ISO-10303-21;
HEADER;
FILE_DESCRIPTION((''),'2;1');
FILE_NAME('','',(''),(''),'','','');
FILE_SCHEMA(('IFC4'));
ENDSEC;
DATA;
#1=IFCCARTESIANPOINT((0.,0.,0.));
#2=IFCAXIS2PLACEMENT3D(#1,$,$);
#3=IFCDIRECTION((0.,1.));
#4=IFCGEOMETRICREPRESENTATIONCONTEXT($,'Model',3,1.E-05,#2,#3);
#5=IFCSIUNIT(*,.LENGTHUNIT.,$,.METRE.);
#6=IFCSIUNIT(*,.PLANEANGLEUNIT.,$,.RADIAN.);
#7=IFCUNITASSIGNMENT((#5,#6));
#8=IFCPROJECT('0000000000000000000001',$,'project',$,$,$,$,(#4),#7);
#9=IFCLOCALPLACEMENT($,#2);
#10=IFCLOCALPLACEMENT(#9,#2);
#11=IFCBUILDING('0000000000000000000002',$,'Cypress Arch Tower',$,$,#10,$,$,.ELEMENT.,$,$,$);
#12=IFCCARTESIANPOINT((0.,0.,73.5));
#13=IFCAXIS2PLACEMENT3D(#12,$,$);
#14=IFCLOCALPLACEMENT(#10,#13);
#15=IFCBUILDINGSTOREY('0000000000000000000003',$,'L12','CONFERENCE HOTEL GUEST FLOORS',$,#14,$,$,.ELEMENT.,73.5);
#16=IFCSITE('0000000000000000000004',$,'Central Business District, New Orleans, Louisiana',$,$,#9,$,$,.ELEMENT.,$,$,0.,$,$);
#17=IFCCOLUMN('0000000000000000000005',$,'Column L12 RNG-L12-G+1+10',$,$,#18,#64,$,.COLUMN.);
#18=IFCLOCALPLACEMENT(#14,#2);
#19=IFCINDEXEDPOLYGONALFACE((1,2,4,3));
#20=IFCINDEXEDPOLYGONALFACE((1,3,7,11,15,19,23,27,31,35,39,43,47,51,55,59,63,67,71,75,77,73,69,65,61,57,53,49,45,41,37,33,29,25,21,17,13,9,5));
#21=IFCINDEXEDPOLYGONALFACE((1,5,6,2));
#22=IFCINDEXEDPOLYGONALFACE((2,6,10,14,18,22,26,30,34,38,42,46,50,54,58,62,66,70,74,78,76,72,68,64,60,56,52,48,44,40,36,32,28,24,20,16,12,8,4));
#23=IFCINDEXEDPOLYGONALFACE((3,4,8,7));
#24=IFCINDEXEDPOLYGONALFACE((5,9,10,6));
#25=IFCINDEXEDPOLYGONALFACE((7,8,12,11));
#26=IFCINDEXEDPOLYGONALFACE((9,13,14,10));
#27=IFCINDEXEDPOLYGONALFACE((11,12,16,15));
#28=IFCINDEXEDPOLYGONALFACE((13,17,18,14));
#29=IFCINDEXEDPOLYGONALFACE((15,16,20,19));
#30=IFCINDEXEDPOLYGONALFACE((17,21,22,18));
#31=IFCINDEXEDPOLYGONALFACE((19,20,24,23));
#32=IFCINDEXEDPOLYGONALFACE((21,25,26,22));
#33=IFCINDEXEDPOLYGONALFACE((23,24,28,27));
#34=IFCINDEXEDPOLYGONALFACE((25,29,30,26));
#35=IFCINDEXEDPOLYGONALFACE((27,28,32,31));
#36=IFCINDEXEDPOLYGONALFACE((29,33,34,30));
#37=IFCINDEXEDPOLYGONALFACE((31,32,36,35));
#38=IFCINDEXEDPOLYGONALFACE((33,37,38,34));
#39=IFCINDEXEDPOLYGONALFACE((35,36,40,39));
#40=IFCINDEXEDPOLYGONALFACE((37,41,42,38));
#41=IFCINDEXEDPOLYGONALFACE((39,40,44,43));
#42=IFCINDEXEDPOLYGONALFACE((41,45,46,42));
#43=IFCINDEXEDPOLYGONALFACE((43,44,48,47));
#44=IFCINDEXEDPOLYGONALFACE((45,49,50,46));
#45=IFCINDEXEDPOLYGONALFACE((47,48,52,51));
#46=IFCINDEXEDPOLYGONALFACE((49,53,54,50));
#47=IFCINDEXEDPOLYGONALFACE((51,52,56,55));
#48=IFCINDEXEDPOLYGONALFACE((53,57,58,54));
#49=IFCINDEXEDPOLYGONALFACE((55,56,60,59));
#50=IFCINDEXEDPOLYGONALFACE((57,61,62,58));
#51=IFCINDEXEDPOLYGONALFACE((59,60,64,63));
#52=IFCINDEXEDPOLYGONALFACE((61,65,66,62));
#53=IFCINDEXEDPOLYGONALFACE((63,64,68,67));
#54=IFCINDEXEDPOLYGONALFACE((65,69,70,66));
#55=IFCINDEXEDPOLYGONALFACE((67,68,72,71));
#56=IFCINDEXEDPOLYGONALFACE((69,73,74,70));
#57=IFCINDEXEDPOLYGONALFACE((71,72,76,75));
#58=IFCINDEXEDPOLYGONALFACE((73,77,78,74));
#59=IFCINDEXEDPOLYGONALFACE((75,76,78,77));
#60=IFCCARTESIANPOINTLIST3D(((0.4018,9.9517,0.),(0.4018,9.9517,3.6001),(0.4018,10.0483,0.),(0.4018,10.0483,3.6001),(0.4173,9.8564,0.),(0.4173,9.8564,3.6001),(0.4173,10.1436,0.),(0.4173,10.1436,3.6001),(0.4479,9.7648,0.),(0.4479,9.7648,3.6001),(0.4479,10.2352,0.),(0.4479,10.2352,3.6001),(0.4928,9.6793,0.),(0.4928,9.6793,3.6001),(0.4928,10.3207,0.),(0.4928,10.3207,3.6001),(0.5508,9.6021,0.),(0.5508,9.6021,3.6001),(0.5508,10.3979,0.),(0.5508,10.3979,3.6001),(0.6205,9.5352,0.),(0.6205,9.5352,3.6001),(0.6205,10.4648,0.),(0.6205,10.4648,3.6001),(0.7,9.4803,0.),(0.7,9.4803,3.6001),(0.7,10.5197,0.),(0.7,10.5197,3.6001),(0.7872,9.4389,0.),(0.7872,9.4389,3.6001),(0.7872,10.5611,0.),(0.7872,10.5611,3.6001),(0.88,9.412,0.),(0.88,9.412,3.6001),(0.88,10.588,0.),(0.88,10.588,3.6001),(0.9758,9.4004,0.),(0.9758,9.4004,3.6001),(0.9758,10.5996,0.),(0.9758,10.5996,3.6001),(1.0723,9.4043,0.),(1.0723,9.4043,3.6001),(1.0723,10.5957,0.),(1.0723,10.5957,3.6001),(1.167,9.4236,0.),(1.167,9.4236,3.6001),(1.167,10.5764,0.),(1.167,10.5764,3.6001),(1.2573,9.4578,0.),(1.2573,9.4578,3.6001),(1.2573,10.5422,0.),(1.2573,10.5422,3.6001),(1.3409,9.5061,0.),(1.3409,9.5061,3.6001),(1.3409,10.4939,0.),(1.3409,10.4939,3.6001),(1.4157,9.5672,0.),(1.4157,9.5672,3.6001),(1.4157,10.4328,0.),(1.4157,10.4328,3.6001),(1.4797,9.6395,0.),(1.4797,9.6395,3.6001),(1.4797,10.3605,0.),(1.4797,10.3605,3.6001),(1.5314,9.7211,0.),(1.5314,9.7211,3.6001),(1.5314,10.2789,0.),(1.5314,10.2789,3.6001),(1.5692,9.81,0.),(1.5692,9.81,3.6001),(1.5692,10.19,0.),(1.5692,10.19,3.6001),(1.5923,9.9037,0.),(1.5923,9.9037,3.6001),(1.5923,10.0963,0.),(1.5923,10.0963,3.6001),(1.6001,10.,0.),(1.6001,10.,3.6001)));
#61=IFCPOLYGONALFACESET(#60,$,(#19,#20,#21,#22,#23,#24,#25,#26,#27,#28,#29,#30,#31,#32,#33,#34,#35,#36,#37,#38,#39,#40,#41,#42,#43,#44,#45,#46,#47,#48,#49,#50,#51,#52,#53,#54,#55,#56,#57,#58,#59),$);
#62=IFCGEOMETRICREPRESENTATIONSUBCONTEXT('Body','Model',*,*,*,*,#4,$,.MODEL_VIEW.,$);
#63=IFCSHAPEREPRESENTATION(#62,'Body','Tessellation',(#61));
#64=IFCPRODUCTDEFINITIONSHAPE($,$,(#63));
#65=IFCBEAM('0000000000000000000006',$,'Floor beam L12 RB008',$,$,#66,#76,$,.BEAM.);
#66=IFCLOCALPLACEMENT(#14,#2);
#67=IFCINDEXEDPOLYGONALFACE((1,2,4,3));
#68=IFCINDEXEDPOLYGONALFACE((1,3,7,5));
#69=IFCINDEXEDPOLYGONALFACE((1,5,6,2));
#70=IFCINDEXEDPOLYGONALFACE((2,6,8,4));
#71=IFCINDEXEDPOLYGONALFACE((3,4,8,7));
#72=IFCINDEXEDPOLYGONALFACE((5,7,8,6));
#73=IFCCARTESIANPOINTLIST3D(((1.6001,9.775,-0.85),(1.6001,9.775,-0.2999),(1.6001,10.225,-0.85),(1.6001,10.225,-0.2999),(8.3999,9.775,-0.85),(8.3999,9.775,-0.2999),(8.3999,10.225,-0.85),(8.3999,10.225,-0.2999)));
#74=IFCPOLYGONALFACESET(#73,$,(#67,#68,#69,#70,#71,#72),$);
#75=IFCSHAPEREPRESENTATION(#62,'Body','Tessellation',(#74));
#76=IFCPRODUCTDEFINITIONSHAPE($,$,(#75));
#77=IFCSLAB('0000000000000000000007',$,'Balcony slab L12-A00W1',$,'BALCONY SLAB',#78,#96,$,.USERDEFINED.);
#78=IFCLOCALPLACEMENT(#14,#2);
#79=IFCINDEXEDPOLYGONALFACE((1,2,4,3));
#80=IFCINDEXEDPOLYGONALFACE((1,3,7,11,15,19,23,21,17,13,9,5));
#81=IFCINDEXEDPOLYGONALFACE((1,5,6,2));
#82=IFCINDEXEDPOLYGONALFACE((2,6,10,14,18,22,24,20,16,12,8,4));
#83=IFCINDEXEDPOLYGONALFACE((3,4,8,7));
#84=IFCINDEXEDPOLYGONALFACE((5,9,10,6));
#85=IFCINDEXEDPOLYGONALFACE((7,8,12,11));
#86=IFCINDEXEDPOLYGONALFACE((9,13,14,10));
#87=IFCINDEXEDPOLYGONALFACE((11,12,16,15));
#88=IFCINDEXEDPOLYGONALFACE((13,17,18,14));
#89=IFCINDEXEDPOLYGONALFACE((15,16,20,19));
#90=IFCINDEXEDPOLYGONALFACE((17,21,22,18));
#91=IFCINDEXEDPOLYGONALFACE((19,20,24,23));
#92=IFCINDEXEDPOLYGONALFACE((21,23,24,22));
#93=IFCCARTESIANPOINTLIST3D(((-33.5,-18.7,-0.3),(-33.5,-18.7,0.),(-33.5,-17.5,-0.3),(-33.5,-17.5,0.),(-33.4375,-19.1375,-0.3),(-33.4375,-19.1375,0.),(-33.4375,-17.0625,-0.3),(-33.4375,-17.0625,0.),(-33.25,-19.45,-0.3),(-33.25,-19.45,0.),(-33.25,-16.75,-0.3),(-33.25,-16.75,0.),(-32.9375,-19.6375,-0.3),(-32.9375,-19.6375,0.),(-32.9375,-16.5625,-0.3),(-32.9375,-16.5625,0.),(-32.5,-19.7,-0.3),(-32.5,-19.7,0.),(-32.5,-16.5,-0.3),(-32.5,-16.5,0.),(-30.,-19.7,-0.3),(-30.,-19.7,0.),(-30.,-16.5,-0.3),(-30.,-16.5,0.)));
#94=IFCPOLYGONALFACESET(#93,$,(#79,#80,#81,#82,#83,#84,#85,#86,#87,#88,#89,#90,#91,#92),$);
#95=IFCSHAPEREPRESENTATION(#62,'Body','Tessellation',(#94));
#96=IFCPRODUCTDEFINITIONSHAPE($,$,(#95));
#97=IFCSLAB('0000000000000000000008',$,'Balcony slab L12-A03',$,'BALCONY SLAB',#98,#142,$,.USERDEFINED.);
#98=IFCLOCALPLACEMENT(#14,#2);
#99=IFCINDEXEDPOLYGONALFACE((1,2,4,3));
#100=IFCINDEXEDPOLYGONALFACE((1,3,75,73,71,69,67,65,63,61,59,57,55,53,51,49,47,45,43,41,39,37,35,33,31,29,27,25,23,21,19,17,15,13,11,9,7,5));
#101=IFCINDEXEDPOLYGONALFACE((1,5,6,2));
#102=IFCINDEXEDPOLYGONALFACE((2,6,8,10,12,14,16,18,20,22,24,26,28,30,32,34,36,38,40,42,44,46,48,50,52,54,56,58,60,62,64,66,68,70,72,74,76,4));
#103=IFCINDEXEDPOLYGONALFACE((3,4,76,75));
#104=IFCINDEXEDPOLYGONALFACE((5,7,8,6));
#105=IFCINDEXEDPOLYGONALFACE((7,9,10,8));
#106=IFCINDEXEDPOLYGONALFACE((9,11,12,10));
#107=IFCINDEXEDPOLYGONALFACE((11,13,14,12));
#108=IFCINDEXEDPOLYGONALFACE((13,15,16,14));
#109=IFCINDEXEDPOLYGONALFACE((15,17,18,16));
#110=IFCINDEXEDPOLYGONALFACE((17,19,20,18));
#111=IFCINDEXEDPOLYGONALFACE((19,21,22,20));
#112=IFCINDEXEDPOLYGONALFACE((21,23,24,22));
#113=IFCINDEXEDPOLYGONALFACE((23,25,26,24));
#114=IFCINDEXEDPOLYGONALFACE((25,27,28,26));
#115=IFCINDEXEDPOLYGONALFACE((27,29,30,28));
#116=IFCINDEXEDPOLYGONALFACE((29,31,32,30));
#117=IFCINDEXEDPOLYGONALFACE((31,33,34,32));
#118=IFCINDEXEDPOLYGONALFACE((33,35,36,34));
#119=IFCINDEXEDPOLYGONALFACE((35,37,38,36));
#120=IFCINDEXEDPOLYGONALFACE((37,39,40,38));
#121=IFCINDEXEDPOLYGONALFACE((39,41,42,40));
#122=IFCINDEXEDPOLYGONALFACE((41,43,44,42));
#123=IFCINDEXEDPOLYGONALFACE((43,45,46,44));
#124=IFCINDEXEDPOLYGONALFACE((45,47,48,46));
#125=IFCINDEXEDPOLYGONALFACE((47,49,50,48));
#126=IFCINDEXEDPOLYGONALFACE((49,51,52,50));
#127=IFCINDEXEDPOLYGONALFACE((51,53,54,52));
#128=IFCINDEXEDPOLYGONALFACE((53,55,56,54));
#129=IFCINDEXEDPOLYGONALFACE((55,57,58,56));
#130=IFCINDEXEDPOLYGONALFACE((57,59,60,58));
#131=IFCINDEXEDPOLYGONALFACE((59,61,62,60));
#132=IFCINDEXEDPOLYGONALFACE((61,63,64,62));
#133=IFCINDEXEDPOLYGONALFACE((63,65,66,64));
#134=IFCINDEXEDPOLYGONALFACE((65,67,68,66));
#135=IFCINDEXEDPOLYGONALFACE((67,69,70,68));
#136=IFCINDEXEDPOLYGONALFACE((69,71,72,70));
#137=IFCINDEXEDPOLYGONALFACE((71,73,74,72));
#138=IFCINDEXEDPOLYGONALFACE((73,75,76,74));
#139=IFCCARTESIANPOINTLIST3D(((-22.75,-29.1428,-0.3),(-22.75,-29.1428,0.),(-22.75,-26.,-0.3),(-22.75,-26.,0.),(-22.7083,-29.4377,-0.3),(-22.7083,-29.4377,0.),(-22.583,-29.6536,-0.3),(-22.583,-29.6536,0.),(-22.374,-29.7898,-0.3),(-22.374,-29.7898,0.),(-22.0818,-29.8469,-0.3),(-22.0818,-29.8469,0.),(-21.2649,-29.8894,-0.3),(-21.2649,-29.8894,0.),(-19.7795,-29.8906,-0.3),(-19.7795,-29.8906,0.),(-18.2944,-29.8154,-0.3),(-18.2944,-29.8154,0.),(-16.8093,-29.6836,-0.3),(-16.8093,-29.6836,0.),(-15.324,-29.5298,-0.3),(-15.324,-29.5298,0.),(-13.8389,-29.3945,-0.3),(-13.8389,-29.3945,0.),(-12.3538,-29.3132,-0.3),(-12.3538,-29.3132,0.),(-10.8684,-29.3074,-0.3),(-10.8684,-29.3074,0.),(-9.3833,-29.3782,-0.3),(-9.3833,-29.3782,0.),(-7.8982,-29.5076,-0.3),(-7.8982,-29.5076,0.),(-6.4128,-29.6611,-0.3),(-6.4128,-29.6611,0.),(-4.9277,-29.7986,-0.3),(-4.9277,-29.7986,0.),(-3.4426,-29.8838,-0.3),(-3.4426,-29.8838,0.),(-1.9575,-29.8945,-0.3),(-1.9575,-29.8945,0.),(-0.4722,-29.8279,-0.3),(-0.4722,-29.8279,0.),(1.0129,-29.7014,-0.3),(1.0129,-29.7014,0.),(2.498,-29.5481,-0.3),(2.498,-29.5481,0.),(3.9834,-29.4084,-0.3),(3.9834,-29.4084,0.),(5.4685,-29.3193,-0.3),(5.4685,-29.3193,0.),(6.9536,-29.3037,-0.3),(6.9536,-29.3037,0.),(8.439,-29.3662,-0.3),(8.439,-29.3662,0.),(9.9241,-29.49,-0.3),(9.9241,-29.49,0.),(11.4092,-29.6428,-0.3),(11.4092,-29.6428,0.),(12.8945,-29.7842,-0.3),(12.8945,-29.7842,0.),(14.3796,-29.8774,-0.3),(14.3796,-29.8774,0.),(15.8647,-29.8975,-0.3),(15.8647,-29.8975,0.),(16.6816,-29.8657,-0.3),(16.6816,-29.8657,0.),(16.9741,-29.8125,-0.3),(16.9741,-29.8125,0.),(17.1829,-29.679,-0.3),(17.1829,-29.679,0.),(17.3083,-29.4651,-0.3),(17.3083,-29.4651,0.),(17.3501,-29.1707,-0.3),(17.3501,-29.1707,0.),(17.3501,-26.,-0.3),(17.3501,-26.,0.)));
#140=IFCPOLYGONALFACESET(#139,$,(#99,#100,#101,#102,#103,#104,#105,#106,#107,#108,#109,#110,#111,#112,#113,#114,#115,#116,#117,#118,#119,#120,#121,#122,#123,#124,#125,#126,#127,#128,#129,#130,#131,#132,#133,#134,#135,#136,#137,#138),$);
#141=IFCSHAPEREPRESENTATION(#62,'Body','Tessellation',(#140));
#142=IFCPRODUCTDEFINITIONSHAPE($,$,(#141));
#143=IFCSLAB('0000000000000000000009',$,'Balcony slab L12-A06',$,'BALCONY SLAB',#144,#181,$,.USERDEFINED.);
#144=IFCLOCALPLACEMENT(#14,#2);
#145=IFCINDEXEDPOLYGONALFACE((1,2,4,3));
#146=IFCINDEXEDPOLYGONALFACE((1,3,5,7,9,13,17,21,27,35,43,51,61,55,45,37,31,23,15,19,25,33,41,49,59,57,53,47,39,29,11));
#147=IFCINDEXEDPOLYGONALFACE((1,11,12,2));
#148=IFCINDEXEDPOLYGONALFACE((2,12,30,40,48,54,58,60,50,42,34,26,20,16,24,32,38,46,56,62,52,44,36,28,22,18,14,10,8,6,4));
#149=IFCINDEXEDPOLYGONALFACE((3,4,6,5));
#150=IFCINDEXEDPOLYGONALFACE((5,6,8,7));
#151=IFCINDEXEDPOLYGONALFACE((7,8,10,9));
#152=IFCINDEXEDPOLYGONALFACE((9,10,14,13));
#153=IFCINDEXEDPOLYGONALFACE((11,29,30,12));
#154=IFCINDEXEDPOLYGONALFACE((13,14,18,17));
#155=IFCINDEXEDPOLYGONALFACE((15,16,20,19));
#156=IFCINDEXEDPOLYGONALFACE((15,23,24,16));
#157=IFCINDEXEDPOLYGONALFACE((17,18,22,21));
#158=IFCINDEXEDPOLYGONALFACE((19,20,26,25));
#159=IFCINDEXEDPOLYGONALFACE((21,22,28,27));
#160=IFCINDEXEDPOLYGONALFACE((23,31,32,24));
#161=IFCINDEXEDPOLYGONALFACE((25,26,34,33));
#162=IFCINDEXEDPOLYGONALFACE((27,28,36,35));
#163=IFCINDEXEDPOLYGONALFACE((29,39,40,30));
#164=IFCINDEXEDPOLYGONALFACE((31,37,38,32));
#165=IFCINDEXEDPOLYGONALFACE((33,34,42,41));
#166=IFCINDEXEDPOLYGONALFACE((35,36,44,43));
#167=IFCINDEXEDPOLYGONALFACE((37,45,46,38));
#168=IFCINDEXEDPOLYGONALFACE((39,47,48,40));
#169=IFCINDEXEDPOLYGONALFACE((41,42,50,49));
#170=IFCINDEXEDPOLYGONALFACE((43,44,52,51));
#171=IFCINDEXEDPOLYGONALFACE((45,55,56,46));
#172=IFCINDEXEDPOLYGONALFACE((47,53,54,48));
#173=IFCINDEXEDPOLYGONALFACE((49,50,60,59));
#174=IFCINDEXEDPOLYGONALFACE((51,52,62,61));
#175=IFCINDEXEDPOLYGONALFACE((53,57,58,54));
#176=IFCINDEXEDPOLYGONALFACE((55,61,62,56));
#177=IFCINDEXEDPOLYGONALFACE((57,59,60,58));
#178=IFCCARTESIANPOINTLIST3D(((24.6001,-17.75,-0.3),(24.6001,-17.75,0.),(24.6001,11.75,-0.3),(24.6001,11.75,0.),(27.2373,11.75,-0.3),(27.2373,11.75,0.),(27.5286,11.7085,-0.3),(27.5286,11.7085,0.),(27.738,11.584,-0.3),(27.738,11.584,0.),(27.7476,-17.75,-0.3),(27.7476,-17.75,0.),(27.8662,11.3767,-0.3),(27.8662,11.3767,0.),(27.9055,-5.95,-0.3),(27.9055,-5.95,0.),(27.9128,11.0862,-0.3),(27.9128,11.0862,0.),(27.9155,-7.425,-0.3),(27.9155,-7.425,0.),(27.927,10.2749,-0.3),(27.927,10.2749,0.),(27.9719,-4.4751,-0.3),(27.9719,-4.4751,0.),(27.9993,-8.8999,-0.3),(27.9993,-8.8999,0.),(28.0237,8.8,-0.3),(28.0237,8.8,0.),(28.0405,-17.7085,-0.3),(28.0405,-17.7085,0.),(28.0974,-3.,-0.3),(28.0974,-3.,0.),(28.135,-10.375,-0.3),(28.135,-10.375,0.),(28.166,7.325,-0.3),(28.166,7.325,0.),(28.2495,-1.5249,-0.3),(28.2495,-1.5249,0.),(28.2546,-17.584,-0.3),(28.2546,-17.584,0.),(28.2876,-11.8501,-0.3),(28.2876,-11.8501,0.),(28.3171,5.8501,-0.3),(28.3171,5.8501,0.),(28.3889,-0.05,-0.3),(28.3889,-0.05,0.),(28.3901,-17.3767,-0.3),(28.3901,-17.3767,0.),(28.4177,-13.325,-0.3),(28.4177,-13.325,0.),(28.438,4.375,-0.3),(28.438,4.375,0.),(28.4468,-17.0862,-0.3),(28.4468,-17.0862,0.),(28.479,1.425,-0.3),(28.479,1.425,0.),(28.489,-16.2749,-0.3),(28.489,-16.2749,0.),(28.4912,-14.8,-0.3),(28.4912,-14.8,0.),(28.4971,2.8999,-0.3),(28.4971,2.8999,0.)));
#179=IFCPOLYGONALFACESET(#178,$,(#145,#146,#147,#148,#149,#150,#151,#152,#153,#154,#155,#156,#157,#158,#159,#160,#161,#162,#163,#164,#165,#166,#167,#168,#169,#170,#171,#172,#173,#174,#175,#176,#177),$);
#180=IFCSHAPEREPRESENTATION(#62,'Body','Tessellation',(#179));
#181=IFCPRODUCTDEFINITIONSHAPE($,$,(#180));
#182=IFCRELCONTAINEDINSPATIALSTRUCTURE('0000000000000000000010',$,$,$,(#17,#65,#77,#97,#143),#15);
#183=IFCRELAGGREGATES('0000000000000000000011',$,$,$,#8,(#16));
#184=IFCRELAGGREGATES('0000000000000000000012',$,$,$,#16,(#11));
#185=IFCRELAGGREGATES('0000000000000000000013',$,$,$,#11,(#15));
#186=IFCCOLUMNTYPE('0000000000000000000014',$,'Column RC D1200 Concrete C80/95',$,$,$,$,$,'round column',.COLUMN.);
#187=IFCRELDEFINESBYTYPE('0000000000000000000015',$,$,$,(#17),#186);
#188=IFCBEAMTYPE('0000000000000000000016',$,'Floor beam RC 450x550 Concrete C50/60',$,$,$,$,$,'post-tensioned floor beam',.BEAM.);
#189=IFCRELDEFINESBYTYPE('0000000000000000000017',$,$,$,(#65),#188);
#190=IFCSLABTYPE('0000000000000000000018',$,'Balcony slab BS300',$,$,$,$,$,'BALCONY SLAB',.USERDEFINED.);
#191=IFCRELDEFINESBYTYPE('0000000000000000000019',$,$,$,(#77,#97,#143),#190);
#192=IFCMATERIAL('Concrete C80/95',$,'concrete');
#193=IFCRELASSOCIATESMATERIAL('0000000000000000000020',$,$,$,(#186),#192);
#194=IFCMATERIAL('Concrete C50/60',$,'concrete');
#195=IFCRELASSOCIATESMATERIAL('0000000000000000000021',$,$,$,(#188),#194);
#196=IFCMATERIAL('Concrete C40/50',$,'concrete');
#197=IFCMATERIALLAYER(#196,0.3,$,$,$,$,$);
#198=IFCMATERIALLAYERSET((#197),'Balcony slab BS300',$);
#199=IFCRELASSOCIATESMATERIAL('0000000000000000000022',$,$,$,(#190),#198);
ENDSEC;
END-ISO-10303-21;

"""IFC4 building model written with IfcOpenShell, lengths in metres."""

from ifc_helpers import new_model, si_unit, direction, frame, origin, origin_2d, place, context, subcontext, project, spatial, polyline, rectangle, circle, outline, extrude, material, layer, layer_set, material_profile, profile_set, type_object, element, save


model = new_model("IFC4")

# Units and contexts
model_context = context("Model", 3, precision=1e-05, world=origin(), true_north=direction((0.0, 1.0)))
body_context = subcontext(model_context, "Body", "Model", "MODEL_VIEW")
ifc_project = project(units=[si_unit("LENGTHUNIT", "METRE"), si_unit("PLANEANGLEUNIT", "RADIAN")], contexts=[model_context])

# Site, building, storey
site_placement = place(None, origin())
site = spatial("IfcSite", under=ifc_project, at=site_placement, Name="Central Business District, New Orleans, Louisiana", CompositionType="ELEMENT", RefElevation=0.0)
building_placement = place(site_placement, origin())
building = spatial("IfcBuilding", under=site, at=building_placement, Name="Cypress Arch Tower", CompositionType="ELEMENT")
storey_placement = place(building_placement, frame((0.0, 0.0, 73.5)))
storey = spatial("IfcBuildingStorey", under=building, at=storey_placement, Name="L12", Description="CONFERENCE HOTEL GUEST FLOORS", CompositionType="ELEMENT", Elevation=73.5)

# Column
ifc_material_1 = material(Name="Concrete C80/95", Category="concrete")
ifc_material_profile_1 = material_profile(ifc_material_1, circle(Radius=0.6001, at=origin_2d()), Name="RC D1200")
ifc_profile_set_1 = profile_set([ifc_material_profile_1], Name="Concrete C80/95")
column_type = type_object("IfcColumnType", Name="Column RC D1200 Concrete C80/95", ElementType="round column", PredefinedType="COLUMN", material=ifc_profile_set_1)
column_placement = place(storey_placement, frame((1.0, 10.0, 0.0), z_axis=(0.0, 0.0, 1.0), x_axis=(1.0, 0.0, 0.0)))
element("IfcColumn", 1, at=column_placement, inside=storey, type_object=column_type, Name="Column L12 RNG-L12-G+1+10", PredefinedType="COLUMN", context=body_context, shape_type="SweptSolid", body=[
    extrude(circle(Radius=0.6001, at=origin_2d()), origin(), (0.0, 0.0, 1.0), 3.6001),
])

# Beam
ifc_material_2 = material(Name="Concrete C50/60", Category="concrete")
ifc_material_profile_2 = material_profile(ifc_material_2, rectangle(XDim=0.45, YDim=0.55, at=origin_2d()), Name="RC 450x550")
ifc_profile_set_2 = profile_set([ifc_material_profile_2], Name="Concrete C50/60")
beam_type = type_object("IfcBeamType", Name="Floor beam RC 450x550 Concrete C50/60", ElementType="post-tensioned floor beam", PredefinedType="BEAM", material=ifc_profile_set_2)
beam_placement = place(storey_placement, frame((1.6001, 10.0, -0.575), z_axis=(1.0, 0.0, 0.0), x_axis=(0.0, 1.0, 0.0)))
element("IfcBeam", 2, at=beam_placement, inside=storey, type_object=beam_type, Name="Floor beam L12 RB008", PredefinedType="BEAM", context=body_context, shape_type="SweptSolid", body=[
    extrude(rectangle(XDim=0.45, YDim=0.55, at=origin_2d()), origin(), (0.0, 0.0, 1.0), 6.7998),
])

# Slabs
ifc_material_3 = material(Name="Concrete C40/50", Category="concrete")
ifc_layer_1 = layer(ifc_material_3, 0.3)
ifc_layer_set_1 = layer_set([ifc_layer_1], Name="Balcony slab BS300")
slab_type_1 = type_object("IfcSlabType", Name="Balcony slab BS300", ElementType="BALCONY SLAB", PredefinedType="USERDEFINED", material=ifc_layer_set_1)
slab_1_placement = place(storey_placement, frame((0.0, 0.0, -0.3)))
element("IfcSlab", 3, at=slab_1_placement, inside=storey, type_object=slab_type_1, Name="Balcony slab L12-A00W1", ObjectType="BALCONY SLAB", PredefinedType="USERDEFINED", context=body_context, shape_type="SweptSolid", body=[
    extrude(outline(polyline([(-30.0, -16.5), (-32.5, -16.5), (-32.9375, -16.5625), (-33.25, -16.75), (-33.4375, -17.0625), (-33.5, -17.5), (-33.5, -18.7), (-33.4375, -19.1375), (-33.25, -19.45), (-32.9375, -19.6375), (-32.5, -19.7), (-30.0, -19.7), (-30.0, -16.5)])), origin(), (0.0, 0.0, 1.0), 0.3),
])
slab_2_placement = place(storey_placement, frame((0.0, 0.0, -0.3)))
element("IfcSlab", 4, at=slab_2_placement, inside=storey, type_object=slab_type_1, Name="Balcony slab L12-A03", ObjectType="BALCONY SLAB", PredefinedType="USERDEFINED", context=body_context, shape_type="SweptSolid", body=[
    extrude(outline(polyline([(-22.75, -26.0), (-22.75, -29.1428), (-22.7083, -29.4377), (-22.583, -29.6536), (-22.374, -29.7898), (-22.0818, -29.8469), (-21.2649, -29.8894), (-19.7795, -29.8906), (-18.2944, -29.8154), (-16.8093, -29.6836), (-15.324, -29.5298), (-13.8389, -29.3945), (-12.3538, -29.3132), (-10.8684, -29.3074), (-9.3833, -29.3782), (-7.8982, -29.5076), (-6.4128, -29.6611), (-4.9277, -29.7986), (-3.4426, -29.8838), (-1.9575, -29.8945), (-0.4722, -29.8279), (1.0129, -29.7014), (2.498, -29.5481), (3.9834, -29.4084), (5.4685, -29.3193), (6.9536, -29.3037), (8.439, -29.3662), (9.9241, -29.49), (11.4092, -29.6428), (12.8945, -29.7842), (14.3796, -29.8774), (15.8647, -29.8975), (16.6816, -29.8657), (16.9741, -29.8125), (17.1829, -29.679), (17.3083, -29.4651), (17.3501, -29.1707), (17.3501, -26.0), (-22.75, -26.0)])), origin(), (0.0, 0.0, 1.0), 0.3),
])
slab_3_placement = place(storey_placement, frame((0.0, 0.0, -0.3)))
element("IfcSlab", 5, at=slab_3_placement, inside=storey, type_object=slab_type_1, Name="Balcony slab L12-A06", ObjectType="BALCONY SLAB", PredefinedType="USERDEFINED", context=body_context, shape_type="SweptSolid", body=[
    extrude(outline(polyline([(24.6001, -17.75), (27.7476, -17.75), (28.0405, -17.7085), (28.2546, -17.584), (28.3901, -17.3767), (28.4468, -17.0862), (28.489, -16.2749), (28.4912, -14.8), (28.4177, -13.325), (28.2876, -11.8501), (28.135, -10.375), (27.9993, -8.8999), (27.9155, -7.425), (27.9055, -5.95), (27.9719, -4.4751), (28.0974, -3.0), (28.2495, -1.5249), (28.3889, -0.05), (28.479, 1.425), (28.4971, 2.8999), (28.438, 4.375), (28.3171, 5.8501), (28.166, 7.325), (28.0237, 8.8), (27.927, 10.2749), (27.9128, 11.0862), (27.8662, 11.3767), (27.738, 11.584), (27.5286, 11.7085), (27.2373, 11.75), (24.6001, 11.75), (24.6001, -17.75)])), origin(), (0.0, 0.0, 1.0), 0.3),
])

save(model, "model.ifc")
